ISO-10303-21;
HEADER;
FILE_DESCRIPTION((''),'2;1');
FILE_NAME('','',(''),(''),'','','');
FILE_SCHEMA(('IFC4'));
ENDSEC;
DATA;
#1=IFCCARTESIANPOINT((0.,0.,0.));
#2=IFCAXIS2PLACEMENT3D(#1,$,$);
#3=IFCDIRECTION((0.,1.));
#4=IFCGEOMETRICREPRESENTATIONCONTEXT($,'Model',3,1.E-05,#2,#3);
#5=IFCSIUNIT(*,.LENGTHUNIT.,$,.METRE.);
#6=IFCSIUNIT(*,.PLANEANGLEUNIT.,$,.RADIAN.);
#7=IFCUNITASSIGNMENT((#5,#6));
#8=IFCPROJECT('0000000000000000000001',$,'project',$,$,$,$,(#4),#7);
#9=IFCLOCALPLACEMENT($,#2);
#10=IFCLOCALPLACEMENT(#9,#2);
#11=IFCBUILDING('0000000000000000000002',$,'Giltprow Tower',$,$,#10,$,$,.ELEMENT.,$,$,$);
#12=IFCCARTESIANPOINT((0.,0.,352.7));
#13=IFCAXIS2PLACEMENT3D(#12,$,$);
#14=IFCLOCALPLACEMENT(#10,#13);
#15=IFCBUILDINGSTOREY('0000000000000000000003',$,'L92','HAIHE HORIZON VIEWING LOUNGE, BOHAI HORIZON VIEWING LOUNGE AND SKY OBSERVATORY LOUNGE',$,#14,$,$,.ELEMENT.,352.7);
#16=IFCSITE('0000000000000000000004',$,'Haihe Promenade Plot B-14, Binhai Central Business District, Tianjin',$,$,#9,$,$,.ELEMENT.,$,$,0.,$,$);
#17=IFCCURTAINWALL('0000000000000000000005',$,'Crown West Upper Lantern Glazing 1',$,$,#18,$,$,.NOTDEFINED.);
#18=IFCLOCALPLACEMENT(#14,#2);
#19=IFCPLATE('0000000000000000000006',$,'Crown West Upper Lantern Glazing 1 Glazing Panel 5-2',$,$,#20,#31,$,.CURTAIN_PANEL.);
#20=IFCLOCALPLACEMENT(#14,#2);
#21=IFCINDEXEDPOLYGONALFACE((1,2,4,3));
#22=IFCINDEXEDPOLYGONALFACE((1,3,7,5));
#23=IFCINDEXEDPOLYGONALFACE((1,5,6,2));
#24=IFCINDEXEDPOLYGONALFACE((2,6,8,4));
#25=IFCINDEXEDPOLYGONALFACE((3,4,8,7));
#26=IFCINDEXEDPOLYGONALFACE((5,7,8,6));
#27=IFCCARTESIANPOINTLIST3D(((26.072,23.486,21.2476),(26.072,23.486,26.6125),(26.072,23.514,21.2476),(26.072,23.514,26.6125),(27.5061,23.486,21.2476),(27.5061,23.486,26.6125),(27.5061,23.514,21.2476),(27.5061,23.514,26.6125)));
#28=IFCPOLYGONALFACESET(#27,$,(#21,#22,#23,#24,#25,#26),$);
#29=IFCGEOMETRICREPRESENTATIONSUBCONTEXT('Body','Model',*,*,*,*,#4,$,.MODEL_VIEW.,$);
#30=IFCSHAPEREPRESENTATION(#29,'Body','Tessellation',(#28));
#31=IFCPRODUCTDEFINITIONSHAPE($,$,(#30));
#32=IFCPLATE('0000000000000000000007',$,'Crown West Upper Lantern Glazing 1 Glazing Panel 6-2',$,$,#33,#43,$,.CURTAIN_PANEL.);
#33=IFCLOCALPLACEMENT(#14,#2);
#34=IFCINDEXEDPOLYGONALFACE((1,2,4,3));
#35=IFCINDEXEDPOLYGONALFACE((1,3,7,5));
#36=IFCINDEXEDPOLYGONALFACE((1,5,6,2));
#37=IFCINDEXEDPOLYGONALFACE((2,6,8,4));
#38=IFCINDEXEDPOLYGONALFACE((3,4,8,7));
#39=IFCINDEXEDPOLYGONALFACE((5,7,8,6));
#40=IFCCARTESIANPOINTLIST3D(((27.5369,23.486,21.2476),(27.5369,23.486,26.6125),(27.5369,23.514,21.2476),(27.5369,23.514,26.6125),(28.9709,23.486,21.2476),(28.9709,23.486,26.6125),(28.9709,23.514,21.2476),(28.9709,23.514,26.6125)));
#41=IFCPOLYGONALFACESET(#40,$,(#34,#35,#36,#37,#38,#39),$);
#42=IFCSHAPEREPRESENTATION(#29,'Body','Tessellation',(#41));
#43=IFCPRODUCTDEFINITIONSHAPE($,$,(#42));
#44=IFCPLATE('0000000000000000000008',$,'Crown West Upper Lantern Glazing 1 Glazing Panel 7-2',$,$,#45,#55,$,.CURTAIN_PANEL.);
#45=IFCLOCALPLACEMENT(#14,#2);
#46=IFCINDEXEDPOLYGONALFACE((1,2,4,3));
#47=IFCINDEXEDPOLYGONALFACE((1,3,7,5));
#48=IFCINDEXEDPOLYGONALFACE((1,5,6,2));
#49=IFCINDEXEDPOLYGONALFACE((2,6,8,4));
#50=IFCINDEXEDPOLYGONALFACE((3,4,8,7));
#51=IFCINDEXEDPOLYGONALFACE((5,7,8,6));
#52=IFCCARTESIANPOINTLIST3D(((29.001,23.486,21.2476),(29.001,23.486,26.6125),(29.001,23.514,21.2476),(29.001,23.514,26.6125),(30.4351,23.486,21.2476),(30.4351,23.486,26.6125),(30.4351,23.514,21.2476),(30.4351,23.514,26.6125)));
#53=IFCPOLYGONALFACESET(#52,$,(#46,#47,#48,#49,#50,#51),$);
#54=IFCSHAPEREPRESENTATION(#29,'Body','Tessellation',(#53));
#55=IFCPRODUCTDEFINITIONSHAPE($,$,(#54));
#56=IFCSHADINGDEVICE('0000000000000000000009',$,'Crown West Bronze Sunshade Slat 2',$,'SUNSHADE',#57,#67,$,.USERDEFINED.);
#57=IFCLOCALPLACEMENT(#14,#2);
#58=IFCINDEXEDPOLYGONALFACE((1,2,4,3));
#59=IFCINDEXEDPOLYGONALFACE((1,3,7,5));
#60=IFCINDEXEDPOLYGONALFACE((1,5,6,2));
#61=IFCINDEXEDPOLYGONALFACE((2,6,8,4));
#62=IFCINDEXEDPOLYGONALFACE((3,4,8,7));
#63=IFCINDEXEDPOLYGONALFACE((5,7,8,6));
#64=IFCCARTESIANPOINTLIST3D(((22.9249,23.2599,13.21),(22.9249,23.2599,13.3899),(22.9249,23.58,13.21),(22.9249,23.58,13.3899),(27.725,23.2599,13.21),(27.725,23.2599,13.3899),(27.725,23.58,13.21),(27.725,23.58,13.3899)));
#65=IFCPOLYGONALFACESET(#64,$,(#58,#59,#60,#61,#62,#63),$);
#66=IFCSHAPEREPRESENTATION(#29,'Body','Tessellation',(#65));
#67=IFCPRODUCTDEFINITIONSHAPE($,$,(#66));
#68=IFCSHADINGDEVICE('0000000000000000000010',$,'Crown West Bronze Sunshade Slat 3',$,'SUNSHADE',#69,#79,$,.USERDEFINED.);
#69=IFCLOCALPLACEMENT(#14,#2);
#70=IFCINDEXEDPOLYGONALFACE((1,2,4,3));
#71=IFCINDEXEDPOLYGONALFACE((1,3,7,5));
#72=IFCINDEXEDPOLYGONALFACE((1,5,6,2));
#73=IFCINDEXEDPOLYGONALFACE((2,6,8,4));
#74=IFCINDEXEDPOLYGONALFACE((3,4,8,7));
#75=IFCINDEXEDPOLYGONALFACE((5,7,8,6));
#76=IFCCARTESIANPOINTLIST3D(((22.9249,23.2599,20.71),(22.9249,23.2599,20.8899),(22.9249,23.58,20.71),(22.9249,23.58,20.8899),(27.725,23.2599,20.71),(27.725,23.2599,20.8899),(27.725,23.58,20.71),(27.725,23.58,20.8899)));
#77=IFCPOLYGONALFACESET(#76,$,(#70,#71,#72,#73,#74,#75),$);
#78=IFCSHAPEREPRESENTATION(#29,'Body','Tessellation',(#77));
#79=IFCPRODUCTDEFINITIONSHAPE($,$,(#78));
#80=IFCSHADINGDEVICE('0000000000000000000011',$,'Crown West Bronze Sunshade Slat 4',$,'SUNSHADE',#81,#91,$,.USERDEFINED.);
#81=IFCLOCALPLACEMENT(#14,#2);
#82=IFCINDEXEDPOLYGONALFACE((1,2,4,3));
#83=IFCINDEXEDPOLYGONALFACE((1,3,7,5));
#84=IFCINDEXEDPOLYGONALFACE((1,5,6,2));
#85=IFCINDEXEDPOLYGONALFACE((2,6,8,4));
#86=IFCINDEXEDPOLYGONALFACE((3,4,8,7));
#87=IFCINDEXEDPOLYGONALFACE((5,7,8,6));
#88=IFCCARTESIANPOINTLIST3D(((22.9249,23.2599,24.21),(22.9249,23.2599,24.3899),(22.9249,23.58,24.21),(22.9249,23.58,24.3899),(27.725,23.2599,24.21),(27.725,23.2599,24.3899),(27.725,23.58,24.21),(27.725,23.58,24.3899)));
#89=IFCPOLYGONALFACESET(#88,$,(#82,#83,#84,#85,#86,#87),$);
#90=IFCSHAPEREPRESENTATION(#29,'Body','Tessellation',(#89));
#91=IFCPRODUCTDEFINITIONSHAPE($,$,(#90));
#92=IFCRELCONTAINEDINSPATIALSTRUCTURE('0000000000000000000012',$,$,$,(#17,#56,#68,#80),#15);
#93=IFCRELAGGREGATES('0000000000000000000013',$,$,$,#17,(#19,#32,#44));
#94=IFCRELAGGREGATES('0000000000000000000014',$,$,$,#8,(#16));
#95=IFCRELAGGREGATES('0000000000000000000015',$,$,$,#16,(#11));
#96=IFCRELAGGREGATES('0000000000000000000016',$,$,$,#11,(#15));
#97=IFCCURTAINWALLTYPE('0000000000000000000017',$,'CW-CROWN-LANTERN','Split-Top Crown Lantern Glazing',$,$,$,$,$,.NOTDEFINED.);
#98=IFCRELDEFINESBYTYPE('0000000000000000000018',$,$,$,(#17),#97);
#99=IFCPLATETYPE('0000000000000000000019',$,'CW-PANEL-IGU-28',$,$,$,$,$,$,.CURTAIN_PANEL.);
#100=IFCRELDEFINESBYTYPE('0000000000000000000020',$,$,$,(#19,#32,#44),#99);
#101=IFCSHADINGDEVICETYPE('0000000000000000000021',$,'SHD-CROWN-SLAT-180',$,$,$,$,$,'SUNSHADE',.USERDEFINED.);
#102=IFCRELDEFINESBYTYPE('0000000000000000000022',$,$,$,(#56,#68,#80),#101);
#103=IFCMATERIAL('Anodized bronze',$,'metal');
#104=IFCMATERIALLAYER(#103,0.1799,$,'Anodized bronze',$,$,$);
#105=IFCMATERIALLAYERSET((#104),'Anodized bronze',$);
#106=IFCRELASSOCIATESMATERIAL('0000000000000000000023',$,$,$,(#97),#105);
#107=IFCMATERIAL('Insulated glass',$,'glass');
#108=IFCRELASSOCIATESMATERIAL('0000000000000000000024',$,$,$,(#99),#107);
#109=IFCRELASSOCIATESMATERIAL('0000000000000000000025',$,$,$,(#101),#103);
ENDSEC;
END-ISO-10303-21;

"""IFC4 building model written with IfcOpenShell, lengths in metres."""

from ifc_helpers import new_model, si_unit, direction, frame, origin, origin_2d, place, context, subcontext, project, spatial, rectangle, extrude, source, transform, mapped, material, layer, layer_set, type_object, element, aggregate, save


model = new_model("IFC4")

# Units and contexts
model_context = context("Model", 3, precision=1e-05, world=origin(), true_north=direction((0.0, 1.0)))
body_context = subcontext(model_context, "Body", "Model", "MODEL_VIEW")
ifc_project = project(units=[si_unit("LENGTHUNIT", "METRE"), si_unit("PLANEANGLEUNIT", "RADIAN")], contexts=[model_context])

# Site, building, storey
site_placement = place(None, origin())
site = spatial("IfcSite", under=ifc_project, at=site_placement, Name="Haihe Promenade Plot B-14, Binhai Central Business District, Tianjin", CompositionType="ELEMENT", RefElevation=0.0)
building_placement = place(site_placement, origin())
building = spatial("IfcBuilding", under=site, at=building_placement, Name="Giltprow Tower", CompositionType="ELEMENT")
storey_placement = place(building_placement, frame((0.0, 0.0, 352.7)))
storey = spatial("IfcBuildingStorey", under=building, at=storey_placement, Name="L92", Description="HAIHE HORIZON VIEWING LOUNGE, BOHAI HORIZON VIEWING LOUNGE AND SKY OBSERVATORY LOUNGE", CompositionType="ELEMENT", Elevation=352.7)

# Curtain wall
ifc_material_1 = material(Name="Anodized bronze", Category="metal")
ifc_layer_1 = layer(ifc_material_1, 0.1799, Name="Anodized bronze")
ifc_layer_set_1 = layer_set([ifc_layer_1], Name="Anodized bronze")
curtain_wall_type = type_object("IfcCurtainWallType", Name="CW-CROWN-LANTERN", Description="Split-Top Crown Lantern Glazing", PredefinedType="NOTDEFINED", material=ifc_layer_set_1)
curtain_wall_1_placement = place(storey_placement, origin())
curtain_wall_1 = element("IfcCurtainWall", 1, at=curtain_wall_1_placement, inside=storey, type_object=curtain_wall_type, Name="Crown West Upper Lantern Glazing 1", PredefinedType="NOTDEFINED")

# Plates
ifc_material_2 = material(Name="Insulated glass", Category="glass")
plate_type_1 = type_object("IfcPlateType", Name="CW-PANEL-IGU-28", PredefinedType="CURTAIN_PANEL", material=ifc_material_2)
shared_shape_1 = source(origin(), body_context, "Body", "SweptSolid", [
    extrude(rectangle(XDim=1.4341, YDim=0.0281, at=origin_2d()), origin(), (0.0, 0.0, 1.0), 5.365),
])
plate_1_placement = place(storey_placement, frame((26.7891, 23.5, 21.2476), z_axis=(0.0, 0.0, 1.0), x_axis=(1.0, 0.0, 0.0)))
plate_1 = element("IfcPlate", 2, at=plate_1_placement, type_object=plate_type_1, Name="Crown West Upper Lantern Glazing 1 Glazing Panel 5-2", PredefinedType="CURTAIN_PANEL", context=body_context, shape_type="MappedRepresentation", body=[
    mapped(shared_shape_1, transform((0.0, 0.0, 0.0), x_axis=(1.0, 0.0, 0.0), y_axis=(0.0, 1.0, 0.0), z_axis=(0.0, 0.0, 1.0), scale=1.0)),
])
plate_2_placement = place(storey_placement, frame((28.2539, 23.5, 21.2476), z_axis=(0.0, 0.0, 1.0), x_axis=(1.0, 0.0, 0.0)))
plate_2 = element("IfcPlate", 3, at=plate_2_placement, type_object=plate_type_1, Name="Crown West Upper Lantern Glazing 1 Glazing Panel 6-2", PredefinedType="CURTAIN_PANEL", context=body_context, shape_type="MappedRepresentation", body=[
    mapped(shared_shape_1, transform((0.0, 0.0, 0.0), x_axis=(1.0, 0.0, 0.0), y_axis=(0.0, 1.0, 0.0), z_axis=(0.0, 0.0, 1.0), scale=1.0)),
])
plate_3_placement = place(storey_placement, frame((29.718, 23.5, 21.2476), z_axis=(0.0, 0.0, 1.0), x_axis=(1.0, 0.0, 0.0)))
plate_3 = element("IfcPlate", 4, at=plate_3_placement, type_object=plate_type_1, Name="Crown West Upper Lantern Glazing 1 Glazing Panel 7-2", PredefinedType="CURTAIN_PANEL", context=body_context, shape_type="MappedRepresentation", body=[
    mapped(shared_shape_1, transform((0.0, 0.0, 0.0), x_axis=(1.0, 0.0, 0.0), y_axis=(0.0, 1.0, 0.0), z_axis=(0.0, 0.0, 1.0), scale=1.0)),
])
aggregate(curtain_wall_1, [plate_1, plate_2, plate_3])

# Shading devices
shading_device_type = type_object("IfcShadingDeviceType", Name="SHD-CROWN-SLAT-180", ElementType="SUNSHADE", PredefinedType="USERDEFINED", material=ifc_material_1)
shared_shape_2 = source(origin(), body_context, "Body", "SweptSolid", [
    extrude(rectangle(XDim=4.8, YDim=0.3201, at=origin_2d()), origin(), (0.0, 0.0, 1.0), 0.1799),
])
for number, where, z_axis, x_axis, name in (
    (5, (25.325, 23.4199, 13.21), (0.0, 0.0, 1.0), (1.0, 0.0, 0.0), "Crown West Bronze Sunshade Slat 2"),
    (6, (25.325, 23.4199, 20.71), (0.0, 0.0, 1.0), (1.0, 0.0, 0.0), "Crown West Bronze Sunshade Slat 3"),
    (7, (25.325, 23.4199, 24.21), (0.0, 0.0, 1.0), (1.0, 0.0, 0.0), "Crown West Bronze Sunshade Slat 4"),
):
    element("IfcShadingDevice", number, at=place(storey_placement, frame(where, z_axis=z_axis, x_axis=x_axis)), inside=storey, type_object=shading_device_type, Name=name, ObjectType="SUNSHADE", PredefinedType="USERDEFINED", context=body_context, shape_type="MappedRepresentation", body=[
        mapped(shared_shape_2, transform((0.0, 0.0, 0.0), x_axis=(1.0, 0.0, 0.0), y_axis=(0.0, 1.0, 0.0), z_axis=(0.0, 0.0, 1.0), scale=1.0)),
    ])

save(model, "model.ifc")
